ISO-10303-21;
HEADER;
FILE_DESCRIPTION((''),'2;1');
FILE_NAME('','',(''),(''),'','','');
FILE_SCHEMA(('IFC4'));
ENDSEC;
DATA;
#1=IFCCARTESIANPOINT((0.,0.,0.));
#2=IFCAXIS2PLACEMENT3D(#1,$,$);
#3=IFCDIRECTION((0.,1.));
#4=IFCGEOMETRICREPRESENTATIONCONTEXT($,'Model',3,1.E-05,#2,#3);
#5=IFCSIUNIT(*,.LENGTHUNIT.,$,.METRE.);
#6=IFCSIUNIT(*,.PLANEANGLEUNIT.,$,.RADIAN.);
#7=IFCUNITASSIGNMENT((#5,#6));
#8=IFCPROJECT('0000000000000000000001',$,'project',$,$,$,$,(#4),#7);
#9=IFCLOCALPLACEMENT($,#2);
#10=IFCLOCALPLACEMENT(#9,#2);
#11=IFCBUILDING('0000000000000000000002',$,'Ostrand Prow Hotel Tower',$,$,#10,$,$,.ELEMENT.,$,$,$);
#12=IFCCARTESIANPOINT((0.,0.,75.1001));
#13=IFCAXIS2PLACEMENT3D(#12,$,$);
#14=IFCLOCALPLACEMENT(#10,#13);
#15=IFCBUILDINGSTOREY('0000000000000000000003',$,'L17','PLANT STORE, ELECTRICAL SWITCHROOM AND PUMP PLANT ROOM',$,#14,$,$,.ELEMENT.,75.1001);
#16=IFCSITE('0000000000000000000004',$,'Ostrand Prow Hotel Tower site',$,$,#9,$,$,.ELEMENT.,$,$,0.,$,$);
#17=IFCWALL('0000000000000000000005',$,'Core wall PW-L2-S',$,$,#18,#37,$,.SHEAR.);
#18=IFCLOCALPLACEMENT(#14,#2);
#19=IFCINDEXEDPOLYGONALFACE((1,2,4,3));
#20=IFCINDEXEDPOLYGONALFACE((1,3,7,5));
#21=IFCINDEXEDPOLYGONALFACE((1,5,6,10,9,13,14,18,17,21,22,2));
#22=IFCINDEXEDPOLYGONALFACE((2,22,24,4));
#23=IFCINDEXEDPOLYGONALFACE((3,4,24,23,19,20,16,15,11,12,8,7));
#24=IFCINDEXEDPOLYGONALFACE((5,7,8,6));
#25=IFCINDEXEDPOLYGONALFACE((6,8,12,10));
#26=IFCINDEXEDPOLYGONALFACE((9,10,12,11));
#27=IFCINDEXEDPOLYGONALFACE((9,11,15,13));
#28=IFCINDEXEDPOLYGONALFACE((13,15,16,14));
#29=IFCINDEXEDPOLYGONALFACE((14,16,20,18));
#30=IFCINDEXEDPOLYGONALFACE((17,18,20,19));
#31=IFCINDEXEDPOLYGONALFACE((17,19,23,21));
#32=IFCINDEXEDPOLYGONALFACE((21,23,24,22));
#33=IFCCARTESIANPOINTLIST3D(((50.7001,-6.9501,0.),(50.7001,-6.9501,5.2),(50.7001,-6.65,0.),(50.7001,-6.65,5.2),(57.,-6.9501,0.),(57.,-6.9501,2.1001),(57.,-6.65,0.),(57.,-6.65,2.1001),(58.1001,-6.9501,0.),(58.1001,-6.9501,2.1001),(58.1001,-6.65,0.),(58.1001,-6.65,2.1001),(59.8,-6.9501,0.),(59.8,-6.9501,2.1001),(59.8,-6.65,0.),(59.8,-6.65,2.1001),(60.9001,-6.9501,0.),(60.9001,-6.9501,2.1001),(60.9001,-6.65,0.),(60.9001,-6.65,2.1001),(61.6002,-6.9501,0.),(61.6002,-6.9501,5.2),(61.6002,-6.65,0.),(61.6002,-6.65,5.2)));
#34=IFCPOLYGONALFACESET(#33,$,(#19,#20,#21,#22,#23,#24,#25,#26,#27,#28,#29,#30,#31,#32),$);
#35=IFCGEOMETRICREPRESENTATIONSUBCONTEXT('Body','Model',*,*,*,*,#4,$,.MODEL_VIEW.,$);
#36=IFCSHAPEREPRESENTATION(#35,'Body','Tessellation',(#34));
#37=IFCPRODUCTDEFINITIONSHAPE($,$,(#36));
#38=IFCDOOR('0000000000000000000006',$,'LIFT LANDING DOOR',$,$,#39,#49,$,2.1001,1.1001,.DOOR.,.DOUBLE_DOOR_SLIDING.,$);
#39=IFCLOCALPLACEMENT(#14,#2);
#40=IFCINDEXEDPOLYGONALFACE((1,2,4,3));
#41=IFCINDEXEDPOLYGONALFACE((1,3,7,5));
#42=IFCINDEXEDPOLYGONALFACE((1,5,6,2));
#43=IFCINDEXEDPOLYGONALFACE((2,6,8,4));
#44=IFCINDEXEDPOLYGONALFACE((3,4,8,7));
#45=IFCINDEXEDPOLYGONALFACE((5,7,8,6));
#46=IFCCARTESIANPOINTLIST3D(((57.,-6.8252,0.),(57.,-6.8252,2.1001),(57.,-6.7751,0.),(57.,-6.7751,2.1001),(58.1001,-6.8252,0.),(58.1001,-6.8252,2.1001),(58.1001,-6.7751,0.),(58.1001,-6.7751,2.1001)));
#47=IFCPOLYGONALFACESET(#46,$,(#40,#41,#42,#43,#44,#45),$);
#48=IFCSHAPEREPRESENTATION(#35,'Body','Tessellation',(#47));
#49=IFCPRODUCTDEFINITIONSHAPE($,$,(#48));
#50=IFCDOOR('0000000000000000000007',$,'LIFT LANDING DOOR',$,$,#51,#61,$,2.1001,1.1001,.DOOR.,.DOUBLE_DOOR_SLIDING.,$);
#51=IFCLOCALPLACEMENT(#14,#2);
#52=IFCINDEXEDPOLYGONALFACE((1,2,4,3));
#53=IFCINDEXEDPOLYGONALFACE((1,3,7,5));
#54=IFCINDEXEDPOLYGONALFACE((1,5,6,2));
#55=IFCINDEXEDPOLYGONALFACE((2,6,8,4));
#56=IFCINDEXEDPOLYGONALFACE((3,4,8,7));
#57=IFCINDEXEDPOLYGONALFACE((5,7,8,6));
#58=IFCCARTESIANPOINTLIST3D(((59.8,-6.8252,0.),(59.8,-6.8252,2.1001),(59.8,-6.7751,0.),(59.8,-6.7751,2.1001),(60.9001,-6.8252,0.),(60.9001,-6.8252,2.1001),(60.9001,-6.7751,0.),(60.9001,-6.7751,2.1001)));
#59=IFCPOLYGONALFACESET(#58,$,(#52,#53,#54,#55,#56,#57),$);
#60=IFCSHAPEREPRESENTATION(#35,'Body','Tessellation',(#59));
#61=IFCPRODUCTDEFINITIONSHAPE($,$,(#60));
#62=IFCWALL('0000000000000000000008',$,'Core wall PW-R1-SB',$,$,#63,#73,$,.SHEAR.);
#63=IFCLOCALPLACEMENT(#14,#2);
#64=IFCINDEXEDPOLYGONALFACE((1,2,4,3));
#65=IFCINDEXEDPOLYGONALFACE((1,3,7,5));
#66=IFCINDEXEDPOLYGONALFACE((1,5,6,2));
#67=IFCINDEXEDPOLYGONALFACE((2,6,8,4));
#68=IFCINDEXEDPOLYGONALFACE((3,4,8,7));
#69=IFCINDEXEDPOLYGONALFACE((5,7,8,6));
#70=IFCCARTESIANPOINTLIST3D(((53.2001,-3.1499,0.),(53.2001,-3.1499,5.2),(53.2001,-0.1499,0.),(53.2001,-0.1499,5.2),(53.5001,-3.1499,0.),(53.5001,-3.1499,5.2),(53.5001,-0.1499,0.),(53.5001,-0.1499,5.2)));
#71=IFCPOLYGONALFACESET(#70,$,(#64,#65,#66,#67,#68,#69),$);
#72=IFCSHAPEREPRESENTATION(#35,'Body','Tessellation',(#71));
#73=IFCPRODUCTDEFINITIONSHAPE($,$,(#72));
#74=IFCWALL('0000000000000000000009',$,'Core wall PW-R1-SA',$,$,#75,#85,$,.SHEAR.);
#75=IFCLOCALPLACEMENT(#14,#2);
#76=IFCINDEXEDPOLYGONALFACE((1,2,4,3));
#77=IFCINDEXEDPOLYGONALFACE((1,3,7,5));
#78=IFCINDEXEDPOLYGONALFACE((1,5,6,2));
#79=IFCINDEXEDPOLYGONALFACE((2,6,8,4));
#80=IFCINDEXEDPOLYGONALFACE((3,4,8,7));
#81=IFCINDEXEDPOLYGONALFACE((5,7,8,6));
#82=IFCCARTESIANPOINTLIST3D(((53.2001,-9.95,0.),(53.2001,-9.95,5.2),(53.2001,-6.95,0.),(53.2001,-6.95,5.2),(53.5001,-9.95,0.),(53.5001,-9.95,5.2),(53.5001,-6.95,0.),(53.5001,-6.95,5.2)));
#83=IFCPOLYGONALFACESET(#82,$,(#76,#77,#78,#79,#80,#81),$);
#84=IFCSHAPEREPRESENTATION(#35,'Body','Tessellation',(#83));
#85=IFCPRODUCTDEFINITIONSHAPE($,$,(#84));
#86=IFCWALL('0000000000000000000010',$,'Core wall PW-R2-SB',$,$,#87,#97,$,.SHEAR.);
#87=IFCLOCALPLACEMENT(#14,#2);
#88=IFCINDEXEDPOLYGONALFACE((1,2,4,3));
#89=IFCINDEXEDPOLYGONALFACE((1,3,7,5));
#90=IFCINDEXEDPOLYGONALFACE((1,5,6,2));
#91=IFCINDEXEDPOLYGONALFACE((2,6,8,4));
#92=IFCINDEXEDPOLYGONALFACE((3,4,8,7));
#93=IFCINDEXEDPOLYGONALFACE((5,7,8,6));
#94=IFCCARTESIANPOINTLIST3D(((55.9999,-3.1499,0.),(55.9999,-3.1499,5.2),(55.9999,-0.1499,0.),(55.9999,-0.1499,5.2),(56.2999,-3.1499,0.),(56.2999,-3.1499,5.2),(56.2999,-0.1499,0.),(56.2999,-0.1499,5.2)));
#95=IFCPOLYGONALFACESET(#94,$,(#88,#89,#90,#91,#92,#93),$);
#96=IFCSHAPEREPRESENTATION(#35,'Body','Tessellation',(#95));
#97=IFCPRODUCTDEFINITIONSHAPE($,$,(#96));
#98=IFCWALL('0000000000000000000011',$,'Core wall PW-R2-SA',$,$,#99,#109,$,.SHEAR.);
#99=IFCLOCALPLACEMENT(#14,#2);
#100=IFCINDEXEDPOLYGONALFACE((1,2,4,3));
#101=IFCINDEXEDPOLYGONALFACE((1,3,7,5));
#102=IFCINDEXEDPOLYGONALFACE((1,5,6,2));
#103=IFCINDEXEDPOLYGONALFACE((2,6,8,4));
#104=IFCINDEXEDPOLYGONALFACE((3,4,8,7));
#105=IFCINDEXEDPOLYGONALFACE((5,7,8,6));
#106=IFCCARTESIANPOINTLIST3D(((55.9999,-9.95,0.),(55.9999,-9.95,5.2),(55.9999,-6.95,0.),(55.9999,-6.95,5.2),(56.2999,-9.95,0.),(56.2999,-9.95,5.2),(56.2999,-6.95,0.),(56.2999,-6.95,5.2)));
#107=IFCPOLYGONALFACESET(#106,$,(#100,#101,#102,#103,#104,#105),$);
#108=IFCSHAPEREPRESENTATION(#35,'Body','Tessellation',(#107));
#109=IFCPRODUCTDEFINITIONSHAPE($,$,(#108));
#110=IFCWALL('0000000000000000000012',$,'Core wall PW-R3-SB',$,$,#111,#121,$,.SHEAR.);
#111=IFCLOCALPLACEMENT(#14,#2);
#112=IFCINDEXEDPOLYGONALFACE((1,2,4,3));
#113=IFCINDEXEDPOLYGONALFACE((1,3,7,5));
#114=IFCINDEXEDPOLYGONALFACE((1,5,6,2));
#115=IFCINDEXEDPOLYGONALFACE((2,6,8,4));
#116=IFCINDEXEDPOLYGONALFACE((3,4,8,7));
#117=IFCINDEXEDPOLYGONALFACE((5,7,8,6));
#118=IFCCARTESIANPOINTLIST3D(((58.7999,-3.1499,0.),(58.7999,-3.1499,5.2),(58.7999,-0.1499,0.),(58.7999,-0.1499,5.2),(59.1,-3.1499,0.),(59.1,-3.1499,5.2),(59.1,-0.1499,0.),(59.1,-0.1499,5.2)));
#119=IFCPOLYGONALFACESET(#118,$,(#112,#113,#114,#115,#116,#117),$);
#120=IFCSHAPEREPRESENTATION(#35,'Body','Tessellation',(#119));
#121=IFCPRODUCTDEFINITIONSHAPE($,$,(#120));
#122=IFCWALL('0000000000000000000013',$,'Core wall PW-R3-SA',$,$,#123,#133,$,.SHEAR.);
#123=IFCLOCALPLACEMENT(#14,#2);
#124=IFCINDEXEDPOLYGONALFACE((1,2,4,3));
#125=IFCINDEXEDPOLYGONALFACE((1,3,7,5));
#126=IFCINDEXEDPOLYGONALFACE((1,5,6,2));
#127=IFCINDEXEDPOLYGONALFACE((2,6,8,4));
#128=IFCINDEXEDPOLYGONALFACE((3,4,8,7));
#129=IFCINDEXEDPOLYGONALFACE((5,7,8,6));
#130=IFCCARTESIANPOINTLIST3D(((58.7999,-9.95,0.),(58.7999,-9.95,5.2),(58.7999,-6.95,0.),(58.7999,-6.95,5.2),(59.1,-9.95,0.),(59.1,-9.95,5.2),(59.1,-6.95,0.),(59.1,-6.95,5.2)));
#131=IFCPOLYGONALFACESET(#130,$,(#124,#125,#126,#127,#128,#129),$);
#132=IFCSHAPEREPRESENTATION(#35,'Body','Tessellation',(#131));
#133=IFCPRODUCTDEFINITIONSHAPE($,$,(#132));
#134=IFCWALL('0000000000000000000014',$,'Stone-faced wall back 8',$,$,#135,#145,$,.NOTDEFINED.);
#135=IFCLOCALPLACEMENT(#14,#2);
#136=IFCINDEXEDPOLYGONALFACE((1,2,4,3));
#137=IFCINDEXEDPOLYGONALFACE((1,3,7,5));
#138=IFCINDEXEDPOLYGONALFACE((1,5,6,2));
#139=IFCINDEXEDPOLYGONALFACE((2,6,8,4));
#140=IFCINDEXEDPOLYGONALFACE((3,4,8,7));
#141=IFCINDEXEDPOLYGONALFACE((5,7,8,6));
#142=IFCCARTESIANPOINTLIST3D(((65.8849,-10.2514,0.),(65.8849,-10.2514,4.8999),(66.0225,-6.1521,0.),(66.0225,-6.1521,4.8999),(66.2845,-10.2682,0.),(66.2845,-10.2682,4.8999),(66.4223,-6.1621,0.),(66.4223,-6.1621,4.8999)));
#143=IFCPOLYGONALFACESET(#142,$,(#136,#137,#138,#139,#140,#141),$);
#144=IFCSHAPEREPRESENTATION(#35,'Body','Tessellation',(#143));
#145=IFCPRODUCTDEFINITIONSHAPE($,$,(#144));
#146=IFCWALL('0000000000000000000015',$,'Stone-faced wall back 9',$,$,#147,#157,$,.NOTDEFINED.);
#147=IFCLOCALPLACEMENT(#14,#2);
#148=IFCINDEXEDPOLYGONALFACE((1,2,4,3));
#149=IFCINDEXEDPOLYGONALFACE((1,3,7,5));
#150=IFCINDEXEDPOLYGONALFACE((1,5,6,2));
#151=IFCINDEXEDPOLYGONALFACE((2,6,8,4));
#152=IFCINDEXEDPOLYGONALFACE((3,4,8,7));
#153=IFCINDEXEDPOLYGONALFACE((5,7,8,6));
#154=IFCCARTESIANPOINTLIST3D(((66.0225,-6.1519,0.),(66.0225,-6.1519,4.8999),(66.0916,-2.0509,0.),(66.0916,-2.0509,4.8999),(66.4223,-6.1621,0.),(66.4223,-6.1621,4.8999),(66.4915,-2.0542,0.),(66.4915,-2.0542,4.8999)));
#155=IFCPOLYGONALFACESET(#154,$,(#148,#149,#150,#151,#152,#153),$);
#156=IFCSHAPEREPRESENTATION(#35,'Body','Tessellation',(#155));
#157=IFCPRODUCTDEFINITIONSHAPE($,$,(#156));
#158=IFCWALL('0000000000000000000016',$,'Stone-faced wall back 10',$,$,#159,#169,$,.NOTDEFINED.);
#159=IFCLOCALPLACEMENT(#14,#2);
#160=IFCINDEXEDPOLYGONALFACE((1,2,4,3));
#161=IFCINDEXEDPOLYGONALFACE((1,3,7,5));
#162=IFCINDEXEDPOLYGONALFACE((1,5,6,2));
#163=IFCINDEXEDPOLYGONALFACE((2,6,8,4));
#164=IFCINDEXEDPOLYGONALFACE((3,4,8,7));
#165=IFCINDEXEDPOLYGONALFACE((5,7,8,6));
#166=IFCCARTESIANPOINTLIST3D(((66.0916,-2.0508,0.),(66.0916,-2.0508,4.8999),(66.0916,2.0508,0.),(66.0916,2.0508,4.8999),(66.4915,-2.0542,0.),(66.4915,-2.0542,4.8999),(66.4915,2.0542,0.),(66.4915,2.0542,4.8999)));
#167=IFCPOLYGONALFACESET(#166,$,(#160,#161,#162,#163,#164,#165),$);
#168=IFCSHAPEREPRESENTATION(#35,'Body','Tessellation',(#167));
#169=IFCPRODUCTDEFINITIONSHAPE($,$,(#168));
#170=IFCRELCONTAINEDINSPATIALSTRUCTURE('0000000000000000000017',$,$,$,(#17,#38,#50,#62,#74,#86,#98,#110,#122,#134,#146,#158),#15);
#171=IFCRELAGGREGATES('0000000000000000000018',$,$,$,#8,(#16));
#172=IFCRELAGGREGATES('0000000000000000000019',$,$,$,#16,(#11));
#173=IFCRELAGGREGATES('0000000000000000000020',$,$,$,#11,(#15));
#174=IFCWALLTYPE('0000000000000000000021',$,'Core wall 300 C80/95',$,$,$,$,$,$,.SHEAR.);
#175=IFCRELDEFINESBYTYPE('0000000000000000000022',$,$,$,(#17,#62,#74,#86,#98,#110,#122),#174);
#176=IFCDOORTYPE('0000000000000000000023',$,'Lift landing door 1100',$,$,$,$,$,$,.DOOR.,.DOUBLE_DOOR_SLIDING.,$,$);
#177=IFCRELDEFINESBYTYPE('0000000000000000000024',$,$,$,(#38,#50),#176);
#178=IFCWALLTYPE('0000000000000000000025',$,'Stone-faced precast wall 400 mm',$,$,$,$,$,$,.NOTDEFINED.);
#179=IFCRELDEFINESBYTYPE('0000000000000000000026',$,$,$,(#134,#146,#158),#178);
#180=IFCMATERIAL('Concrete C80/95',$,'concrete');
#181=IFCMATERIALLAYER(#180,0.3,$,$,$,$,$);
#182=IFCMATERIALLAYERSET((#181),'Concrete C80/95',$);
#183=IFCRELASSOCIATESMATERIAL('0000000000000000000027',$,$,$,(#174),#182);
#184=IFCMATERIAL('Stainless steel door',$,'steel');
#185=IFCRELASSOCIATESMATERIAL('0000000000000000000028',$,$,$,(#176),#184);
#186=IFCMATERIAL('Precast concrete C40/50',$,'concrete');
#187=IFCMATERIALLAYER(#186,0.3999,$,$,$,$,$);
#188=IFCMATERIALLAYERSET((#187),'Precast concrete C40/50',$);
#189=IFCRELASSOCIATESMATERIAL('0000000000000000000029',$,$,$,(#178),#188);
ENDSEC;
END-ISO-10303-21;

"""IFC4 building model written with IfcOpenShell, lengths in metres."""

from ifc_helpers import new_model, si_unit, direction, frame, frame_2d, origin, place, context, subcontext, project, spatial, polyline, rectangle, outline, extrude, material, layer, layer_set, type_object, element, fill, save


model = new_model("IFC4")

# Units and contexts
model_context = context("Model", 3, precision=1e-05, world=origin(), true_north=direction((0.0, 1.0)))
body_context = subcontext(model_context, "Body", "Model", "MODEL_VIEW")
ifc_project = project(units=[si_unit("LENGTHUNIT", "METRE"), si_unit("PLANEANGLEUNIT", "RADIAN")], contexts=[model_context])

# Site, building, storey
site_placement = place(None, origin())
site = spatial("IfcSite", under=ifc_project, at=site_placement, Name="Ostrand Prow Hotel Tower site", CompositionType="ELEMENT", RefElevation=0.0)
building_placement = place(site_placement, origin())
building = spatial("IfcBuilding", under=site, at=building_placement, Name="Ostrand Prow Hotel Tower", CompositionType="ELEMENT")
storey_placement = place(building_placement, frame((0.0, 0.0, 75.1001)))
storey = spatial("IfcBuildingStorey", under=building, at=storey_placement, Name="L17", Description="PLANT STORE, ELECTRICAL SWITCHROOM AND PUMP PLANT ROOM", CompositionType="ELEMENT", Elevation=75.1001)

# Shared definitions
ifc_material_1 = material(Name="Concrete C80/95", Category="concrete")
ifc_layer_1 = layer(ifc_material_1, 0.3)
ifc_layer_set_1 = layer_set([ifc_layer_1], Name="Concrete C80/95")
wall_type_1 = type_object("IfcWallType", Name="Core wall 300 C80/95", PredefinedType="SHEAR", material=ifc_layer_set_1)

# Wall, openings, doors
wall_1_placement = place(storey_placement, frame((50.7, -6.8, 0.0), z_axis=(0.0, 0.0, 1.0), x_axis=(1.0, 0.0, 0.0)))
wall_1 = element("IfcWall", 1, at=wall_1_placement, inside=storey, type_object=wall_type_1, Name="Core wall PW-L2-S", PredefinedType="SHEAR", context=body_context, shape_type="SweptSolid", body=[
    extrude(rectangle(XDim=10.9001, YDim=0.3, at=frame_2d((5.4502, 0.0))), origin(), (0.0, 0.0, 1.0), 5.2),
])
opening_1_placement = place(wall_1_placement, frame((6.3, 0.0, 0.0)))
opening_1 = element("IfcOpeningElement", 2, at=opening_1_placement, cuts=wall_1, PredefinedType="OPENING", context=body_context, shape_type="SweptSolid", body=[
    extrude(rectangle(XDim=1.1001, YDim=2.1001, at=frame_2d((0.55, 1.05))), frame((0.0, 0.1599, 0.0), z_axis=(0.0, -1.0, 0.0), x_axis=(1.0, 0.0, 0.0)), (0.0, 0.0, 1.0), 0.3201),
])
opening_2_placement = place(wall_1_placement, frame((9.1001, 0.0, 0.0)))
opening_2 = element("IfcOpeningElement", 3, at=opening_2_placement, cuts=wall_1, PredefinedType="OPENING", context=body_context, shape_type="SweptSolid", body=[
    extrude(rectangle(XDim=1.1001, YDim=2.1001, at=frame_2d((0.55, 1.05))), frame((0.0, 0.1599, 0.0), z_axis=(0.0, -1.0, 0.0), x_axis=(1.0, 0.0, 0.0)), (0.0, 0.0, 1.0), 0.3201),
])
ifc_material_2 = material(Name="Stainless steel door", Category="steel")
door_type_1 = type_object("IfcDoorType", Name="Lift landing door 1100", OperationType="DOUBLE_DOOR_SLIDING", PredefinedType="DOOR", material=ifc_material_2)
door_1_placement = place(opening_1_placement, origin())
door_1 = element("IfcDoor", 4, at=door_1_placement, inside=storey, type_object=door_type_1, Name="LIFT LANDING DOOR", OperationType="DOUBLE_DOOR_SLIDING", OverallHeight=2.1001, OverallWidth=1.1001, PredefinedType="DOOR", context=body_context, shape_type="SweptSolid", body=[
    extrude(rectangle(XDim=1.1001, YDim=2.1001, at=frame_2d((0.55, 1.05))), frame((0.0, 0.0249, 0.0), z_axis=(0.0, -1.0, 0.0), x_axis=(1.0, 0.0, 0.0)), (0.0, 0.0, 1.0), 0.05),
])
fill(opening_1, door_1)
door_2_placement = place(opening_2_placement, origin())
door_2 = element("IfcDoor", 5, at=door_2_placement, inside=storey, type_object=door_type_1, Name="LIFT LANDING DOOR", OperationType="DOUBLE_DOOR_SLIDING", OverallHeight=2.1001, OverallWidth=1.1001, PredefinedType="DOOR", context=body_context, shape_type="SweptSolid", body=[
    extrude(rectangle(XDim=1.1001, YDim=2.1001, at=frame_2d((0.55, 1.05))), frame((0.0, 0.0249, 0.0), z_axis=(0.0, -1.0, 0.0), x_axis=(1.0, 0.0, 0.0)), (0.0, 0.0, 1.0), 0.05),
])
fill(opening_2, door_2)

# Walls
for number, where, z_axis, x_axis, name in (
    (6, (53.3501, -3.1499, 0.0), (0.0, 0.0, 1.0), (0.0, 1.0, 0.0), "Core wall PW-R1-SB"),
    (7, (53.3501, -9.95, 0.0), (0.0, 0.0, 1.0), (0.0, 1.0, 0.0), "Core wall PW-R1-SA"),
    (8, (56.1499, -3.1499, 0.0), (0.0, 0.0, 1.0), (0.0, 1.0, 0.0), "Core wall PW-R2-SB"),
    (9, (56.1499, -9.95, 0.0), (0.0, 0.0, 1.0), (0.0, 1.0, 0.0), "Core wall PW-R2-SA"),
    (10, (58.95, -3.1499, 0.0), (0.0, 0.0, 1.0), (0.0, 1.0, 0.0), "Core wall PW-R3-SB"),
    (11, (58.95, -9.95, 0.0), (0.0, 0.0, 1.0), (0.0, 1.0, 0.0), "Core wall PW-R3-SA"),
):
    element("IfcWall", number, at=place(storey_placement, frame(where, z_axis=z_axis, x_axis=x_axis)), inside=storey, type_object=wall_type_1, Name=name, PredefinedType="SHEAR", context=body_context, shape_type="SweptSolid", body=[
        extrude(rectangle(XDim=3.0, YDim=0.3, at=frame_2d((1.5, 0.0))), origin(), (0.0, 0.0, 1.0), 5.2),
    ])
ifc_material_3 = material(Name="Precast concrete C40/50", Category="concrete")
ifc_layer_2 = layer(ifc_material_3, 0.3999)
ifc_layer_set_2 = layer_set([ifc_layer_2], Name="Precast concrete C40/50")
wall_type_2 = type_object("IfcWallType", Name="Stone-faced precast wall 400 mm", PredefinedType="NOTDEFINED", material=ifc_layer_set_2)
for number, where, z_axis, x_axis, name in (
    (12, (66.0847, -10.2598, 0.0), (0.0, 0.0, 1.0), (0.033543, 0.999437, 0.0), "Stone-faced wall back 8"),
    (13, (66.2224, -6.157, 0.0), (0.0, 0.0, 1.0), (0.016831, 0.999858, 0.0), "Stone-faced wall back 9"),
    (14, (66.2915, -2.0525, 0.0), (0.0, 0.0, 1.0), (0.0, 1.0, 0.0), "Stone-faced wall back 10"),
):
    element("IfcWall", number, at=place(storey_placement, frame(where, z_axis=z_axis, x_axis=x_axis)), inside=storey, type_object=wall_type_2, Name=name, PredefinedType="NOTDEFINED", context=body_context, shape_type="SweptSolid", body=[
        extrude(outline(polyline([(-0.0017, -0.2), (4.1067, -0.2), (4.1033, 0.2), (0.0017, 0.2), (-0.0017, -0.2)])), origin(), (0.0, 0.0, 1.0), 4.8999),
    ])

save(model, "model.ifc")
